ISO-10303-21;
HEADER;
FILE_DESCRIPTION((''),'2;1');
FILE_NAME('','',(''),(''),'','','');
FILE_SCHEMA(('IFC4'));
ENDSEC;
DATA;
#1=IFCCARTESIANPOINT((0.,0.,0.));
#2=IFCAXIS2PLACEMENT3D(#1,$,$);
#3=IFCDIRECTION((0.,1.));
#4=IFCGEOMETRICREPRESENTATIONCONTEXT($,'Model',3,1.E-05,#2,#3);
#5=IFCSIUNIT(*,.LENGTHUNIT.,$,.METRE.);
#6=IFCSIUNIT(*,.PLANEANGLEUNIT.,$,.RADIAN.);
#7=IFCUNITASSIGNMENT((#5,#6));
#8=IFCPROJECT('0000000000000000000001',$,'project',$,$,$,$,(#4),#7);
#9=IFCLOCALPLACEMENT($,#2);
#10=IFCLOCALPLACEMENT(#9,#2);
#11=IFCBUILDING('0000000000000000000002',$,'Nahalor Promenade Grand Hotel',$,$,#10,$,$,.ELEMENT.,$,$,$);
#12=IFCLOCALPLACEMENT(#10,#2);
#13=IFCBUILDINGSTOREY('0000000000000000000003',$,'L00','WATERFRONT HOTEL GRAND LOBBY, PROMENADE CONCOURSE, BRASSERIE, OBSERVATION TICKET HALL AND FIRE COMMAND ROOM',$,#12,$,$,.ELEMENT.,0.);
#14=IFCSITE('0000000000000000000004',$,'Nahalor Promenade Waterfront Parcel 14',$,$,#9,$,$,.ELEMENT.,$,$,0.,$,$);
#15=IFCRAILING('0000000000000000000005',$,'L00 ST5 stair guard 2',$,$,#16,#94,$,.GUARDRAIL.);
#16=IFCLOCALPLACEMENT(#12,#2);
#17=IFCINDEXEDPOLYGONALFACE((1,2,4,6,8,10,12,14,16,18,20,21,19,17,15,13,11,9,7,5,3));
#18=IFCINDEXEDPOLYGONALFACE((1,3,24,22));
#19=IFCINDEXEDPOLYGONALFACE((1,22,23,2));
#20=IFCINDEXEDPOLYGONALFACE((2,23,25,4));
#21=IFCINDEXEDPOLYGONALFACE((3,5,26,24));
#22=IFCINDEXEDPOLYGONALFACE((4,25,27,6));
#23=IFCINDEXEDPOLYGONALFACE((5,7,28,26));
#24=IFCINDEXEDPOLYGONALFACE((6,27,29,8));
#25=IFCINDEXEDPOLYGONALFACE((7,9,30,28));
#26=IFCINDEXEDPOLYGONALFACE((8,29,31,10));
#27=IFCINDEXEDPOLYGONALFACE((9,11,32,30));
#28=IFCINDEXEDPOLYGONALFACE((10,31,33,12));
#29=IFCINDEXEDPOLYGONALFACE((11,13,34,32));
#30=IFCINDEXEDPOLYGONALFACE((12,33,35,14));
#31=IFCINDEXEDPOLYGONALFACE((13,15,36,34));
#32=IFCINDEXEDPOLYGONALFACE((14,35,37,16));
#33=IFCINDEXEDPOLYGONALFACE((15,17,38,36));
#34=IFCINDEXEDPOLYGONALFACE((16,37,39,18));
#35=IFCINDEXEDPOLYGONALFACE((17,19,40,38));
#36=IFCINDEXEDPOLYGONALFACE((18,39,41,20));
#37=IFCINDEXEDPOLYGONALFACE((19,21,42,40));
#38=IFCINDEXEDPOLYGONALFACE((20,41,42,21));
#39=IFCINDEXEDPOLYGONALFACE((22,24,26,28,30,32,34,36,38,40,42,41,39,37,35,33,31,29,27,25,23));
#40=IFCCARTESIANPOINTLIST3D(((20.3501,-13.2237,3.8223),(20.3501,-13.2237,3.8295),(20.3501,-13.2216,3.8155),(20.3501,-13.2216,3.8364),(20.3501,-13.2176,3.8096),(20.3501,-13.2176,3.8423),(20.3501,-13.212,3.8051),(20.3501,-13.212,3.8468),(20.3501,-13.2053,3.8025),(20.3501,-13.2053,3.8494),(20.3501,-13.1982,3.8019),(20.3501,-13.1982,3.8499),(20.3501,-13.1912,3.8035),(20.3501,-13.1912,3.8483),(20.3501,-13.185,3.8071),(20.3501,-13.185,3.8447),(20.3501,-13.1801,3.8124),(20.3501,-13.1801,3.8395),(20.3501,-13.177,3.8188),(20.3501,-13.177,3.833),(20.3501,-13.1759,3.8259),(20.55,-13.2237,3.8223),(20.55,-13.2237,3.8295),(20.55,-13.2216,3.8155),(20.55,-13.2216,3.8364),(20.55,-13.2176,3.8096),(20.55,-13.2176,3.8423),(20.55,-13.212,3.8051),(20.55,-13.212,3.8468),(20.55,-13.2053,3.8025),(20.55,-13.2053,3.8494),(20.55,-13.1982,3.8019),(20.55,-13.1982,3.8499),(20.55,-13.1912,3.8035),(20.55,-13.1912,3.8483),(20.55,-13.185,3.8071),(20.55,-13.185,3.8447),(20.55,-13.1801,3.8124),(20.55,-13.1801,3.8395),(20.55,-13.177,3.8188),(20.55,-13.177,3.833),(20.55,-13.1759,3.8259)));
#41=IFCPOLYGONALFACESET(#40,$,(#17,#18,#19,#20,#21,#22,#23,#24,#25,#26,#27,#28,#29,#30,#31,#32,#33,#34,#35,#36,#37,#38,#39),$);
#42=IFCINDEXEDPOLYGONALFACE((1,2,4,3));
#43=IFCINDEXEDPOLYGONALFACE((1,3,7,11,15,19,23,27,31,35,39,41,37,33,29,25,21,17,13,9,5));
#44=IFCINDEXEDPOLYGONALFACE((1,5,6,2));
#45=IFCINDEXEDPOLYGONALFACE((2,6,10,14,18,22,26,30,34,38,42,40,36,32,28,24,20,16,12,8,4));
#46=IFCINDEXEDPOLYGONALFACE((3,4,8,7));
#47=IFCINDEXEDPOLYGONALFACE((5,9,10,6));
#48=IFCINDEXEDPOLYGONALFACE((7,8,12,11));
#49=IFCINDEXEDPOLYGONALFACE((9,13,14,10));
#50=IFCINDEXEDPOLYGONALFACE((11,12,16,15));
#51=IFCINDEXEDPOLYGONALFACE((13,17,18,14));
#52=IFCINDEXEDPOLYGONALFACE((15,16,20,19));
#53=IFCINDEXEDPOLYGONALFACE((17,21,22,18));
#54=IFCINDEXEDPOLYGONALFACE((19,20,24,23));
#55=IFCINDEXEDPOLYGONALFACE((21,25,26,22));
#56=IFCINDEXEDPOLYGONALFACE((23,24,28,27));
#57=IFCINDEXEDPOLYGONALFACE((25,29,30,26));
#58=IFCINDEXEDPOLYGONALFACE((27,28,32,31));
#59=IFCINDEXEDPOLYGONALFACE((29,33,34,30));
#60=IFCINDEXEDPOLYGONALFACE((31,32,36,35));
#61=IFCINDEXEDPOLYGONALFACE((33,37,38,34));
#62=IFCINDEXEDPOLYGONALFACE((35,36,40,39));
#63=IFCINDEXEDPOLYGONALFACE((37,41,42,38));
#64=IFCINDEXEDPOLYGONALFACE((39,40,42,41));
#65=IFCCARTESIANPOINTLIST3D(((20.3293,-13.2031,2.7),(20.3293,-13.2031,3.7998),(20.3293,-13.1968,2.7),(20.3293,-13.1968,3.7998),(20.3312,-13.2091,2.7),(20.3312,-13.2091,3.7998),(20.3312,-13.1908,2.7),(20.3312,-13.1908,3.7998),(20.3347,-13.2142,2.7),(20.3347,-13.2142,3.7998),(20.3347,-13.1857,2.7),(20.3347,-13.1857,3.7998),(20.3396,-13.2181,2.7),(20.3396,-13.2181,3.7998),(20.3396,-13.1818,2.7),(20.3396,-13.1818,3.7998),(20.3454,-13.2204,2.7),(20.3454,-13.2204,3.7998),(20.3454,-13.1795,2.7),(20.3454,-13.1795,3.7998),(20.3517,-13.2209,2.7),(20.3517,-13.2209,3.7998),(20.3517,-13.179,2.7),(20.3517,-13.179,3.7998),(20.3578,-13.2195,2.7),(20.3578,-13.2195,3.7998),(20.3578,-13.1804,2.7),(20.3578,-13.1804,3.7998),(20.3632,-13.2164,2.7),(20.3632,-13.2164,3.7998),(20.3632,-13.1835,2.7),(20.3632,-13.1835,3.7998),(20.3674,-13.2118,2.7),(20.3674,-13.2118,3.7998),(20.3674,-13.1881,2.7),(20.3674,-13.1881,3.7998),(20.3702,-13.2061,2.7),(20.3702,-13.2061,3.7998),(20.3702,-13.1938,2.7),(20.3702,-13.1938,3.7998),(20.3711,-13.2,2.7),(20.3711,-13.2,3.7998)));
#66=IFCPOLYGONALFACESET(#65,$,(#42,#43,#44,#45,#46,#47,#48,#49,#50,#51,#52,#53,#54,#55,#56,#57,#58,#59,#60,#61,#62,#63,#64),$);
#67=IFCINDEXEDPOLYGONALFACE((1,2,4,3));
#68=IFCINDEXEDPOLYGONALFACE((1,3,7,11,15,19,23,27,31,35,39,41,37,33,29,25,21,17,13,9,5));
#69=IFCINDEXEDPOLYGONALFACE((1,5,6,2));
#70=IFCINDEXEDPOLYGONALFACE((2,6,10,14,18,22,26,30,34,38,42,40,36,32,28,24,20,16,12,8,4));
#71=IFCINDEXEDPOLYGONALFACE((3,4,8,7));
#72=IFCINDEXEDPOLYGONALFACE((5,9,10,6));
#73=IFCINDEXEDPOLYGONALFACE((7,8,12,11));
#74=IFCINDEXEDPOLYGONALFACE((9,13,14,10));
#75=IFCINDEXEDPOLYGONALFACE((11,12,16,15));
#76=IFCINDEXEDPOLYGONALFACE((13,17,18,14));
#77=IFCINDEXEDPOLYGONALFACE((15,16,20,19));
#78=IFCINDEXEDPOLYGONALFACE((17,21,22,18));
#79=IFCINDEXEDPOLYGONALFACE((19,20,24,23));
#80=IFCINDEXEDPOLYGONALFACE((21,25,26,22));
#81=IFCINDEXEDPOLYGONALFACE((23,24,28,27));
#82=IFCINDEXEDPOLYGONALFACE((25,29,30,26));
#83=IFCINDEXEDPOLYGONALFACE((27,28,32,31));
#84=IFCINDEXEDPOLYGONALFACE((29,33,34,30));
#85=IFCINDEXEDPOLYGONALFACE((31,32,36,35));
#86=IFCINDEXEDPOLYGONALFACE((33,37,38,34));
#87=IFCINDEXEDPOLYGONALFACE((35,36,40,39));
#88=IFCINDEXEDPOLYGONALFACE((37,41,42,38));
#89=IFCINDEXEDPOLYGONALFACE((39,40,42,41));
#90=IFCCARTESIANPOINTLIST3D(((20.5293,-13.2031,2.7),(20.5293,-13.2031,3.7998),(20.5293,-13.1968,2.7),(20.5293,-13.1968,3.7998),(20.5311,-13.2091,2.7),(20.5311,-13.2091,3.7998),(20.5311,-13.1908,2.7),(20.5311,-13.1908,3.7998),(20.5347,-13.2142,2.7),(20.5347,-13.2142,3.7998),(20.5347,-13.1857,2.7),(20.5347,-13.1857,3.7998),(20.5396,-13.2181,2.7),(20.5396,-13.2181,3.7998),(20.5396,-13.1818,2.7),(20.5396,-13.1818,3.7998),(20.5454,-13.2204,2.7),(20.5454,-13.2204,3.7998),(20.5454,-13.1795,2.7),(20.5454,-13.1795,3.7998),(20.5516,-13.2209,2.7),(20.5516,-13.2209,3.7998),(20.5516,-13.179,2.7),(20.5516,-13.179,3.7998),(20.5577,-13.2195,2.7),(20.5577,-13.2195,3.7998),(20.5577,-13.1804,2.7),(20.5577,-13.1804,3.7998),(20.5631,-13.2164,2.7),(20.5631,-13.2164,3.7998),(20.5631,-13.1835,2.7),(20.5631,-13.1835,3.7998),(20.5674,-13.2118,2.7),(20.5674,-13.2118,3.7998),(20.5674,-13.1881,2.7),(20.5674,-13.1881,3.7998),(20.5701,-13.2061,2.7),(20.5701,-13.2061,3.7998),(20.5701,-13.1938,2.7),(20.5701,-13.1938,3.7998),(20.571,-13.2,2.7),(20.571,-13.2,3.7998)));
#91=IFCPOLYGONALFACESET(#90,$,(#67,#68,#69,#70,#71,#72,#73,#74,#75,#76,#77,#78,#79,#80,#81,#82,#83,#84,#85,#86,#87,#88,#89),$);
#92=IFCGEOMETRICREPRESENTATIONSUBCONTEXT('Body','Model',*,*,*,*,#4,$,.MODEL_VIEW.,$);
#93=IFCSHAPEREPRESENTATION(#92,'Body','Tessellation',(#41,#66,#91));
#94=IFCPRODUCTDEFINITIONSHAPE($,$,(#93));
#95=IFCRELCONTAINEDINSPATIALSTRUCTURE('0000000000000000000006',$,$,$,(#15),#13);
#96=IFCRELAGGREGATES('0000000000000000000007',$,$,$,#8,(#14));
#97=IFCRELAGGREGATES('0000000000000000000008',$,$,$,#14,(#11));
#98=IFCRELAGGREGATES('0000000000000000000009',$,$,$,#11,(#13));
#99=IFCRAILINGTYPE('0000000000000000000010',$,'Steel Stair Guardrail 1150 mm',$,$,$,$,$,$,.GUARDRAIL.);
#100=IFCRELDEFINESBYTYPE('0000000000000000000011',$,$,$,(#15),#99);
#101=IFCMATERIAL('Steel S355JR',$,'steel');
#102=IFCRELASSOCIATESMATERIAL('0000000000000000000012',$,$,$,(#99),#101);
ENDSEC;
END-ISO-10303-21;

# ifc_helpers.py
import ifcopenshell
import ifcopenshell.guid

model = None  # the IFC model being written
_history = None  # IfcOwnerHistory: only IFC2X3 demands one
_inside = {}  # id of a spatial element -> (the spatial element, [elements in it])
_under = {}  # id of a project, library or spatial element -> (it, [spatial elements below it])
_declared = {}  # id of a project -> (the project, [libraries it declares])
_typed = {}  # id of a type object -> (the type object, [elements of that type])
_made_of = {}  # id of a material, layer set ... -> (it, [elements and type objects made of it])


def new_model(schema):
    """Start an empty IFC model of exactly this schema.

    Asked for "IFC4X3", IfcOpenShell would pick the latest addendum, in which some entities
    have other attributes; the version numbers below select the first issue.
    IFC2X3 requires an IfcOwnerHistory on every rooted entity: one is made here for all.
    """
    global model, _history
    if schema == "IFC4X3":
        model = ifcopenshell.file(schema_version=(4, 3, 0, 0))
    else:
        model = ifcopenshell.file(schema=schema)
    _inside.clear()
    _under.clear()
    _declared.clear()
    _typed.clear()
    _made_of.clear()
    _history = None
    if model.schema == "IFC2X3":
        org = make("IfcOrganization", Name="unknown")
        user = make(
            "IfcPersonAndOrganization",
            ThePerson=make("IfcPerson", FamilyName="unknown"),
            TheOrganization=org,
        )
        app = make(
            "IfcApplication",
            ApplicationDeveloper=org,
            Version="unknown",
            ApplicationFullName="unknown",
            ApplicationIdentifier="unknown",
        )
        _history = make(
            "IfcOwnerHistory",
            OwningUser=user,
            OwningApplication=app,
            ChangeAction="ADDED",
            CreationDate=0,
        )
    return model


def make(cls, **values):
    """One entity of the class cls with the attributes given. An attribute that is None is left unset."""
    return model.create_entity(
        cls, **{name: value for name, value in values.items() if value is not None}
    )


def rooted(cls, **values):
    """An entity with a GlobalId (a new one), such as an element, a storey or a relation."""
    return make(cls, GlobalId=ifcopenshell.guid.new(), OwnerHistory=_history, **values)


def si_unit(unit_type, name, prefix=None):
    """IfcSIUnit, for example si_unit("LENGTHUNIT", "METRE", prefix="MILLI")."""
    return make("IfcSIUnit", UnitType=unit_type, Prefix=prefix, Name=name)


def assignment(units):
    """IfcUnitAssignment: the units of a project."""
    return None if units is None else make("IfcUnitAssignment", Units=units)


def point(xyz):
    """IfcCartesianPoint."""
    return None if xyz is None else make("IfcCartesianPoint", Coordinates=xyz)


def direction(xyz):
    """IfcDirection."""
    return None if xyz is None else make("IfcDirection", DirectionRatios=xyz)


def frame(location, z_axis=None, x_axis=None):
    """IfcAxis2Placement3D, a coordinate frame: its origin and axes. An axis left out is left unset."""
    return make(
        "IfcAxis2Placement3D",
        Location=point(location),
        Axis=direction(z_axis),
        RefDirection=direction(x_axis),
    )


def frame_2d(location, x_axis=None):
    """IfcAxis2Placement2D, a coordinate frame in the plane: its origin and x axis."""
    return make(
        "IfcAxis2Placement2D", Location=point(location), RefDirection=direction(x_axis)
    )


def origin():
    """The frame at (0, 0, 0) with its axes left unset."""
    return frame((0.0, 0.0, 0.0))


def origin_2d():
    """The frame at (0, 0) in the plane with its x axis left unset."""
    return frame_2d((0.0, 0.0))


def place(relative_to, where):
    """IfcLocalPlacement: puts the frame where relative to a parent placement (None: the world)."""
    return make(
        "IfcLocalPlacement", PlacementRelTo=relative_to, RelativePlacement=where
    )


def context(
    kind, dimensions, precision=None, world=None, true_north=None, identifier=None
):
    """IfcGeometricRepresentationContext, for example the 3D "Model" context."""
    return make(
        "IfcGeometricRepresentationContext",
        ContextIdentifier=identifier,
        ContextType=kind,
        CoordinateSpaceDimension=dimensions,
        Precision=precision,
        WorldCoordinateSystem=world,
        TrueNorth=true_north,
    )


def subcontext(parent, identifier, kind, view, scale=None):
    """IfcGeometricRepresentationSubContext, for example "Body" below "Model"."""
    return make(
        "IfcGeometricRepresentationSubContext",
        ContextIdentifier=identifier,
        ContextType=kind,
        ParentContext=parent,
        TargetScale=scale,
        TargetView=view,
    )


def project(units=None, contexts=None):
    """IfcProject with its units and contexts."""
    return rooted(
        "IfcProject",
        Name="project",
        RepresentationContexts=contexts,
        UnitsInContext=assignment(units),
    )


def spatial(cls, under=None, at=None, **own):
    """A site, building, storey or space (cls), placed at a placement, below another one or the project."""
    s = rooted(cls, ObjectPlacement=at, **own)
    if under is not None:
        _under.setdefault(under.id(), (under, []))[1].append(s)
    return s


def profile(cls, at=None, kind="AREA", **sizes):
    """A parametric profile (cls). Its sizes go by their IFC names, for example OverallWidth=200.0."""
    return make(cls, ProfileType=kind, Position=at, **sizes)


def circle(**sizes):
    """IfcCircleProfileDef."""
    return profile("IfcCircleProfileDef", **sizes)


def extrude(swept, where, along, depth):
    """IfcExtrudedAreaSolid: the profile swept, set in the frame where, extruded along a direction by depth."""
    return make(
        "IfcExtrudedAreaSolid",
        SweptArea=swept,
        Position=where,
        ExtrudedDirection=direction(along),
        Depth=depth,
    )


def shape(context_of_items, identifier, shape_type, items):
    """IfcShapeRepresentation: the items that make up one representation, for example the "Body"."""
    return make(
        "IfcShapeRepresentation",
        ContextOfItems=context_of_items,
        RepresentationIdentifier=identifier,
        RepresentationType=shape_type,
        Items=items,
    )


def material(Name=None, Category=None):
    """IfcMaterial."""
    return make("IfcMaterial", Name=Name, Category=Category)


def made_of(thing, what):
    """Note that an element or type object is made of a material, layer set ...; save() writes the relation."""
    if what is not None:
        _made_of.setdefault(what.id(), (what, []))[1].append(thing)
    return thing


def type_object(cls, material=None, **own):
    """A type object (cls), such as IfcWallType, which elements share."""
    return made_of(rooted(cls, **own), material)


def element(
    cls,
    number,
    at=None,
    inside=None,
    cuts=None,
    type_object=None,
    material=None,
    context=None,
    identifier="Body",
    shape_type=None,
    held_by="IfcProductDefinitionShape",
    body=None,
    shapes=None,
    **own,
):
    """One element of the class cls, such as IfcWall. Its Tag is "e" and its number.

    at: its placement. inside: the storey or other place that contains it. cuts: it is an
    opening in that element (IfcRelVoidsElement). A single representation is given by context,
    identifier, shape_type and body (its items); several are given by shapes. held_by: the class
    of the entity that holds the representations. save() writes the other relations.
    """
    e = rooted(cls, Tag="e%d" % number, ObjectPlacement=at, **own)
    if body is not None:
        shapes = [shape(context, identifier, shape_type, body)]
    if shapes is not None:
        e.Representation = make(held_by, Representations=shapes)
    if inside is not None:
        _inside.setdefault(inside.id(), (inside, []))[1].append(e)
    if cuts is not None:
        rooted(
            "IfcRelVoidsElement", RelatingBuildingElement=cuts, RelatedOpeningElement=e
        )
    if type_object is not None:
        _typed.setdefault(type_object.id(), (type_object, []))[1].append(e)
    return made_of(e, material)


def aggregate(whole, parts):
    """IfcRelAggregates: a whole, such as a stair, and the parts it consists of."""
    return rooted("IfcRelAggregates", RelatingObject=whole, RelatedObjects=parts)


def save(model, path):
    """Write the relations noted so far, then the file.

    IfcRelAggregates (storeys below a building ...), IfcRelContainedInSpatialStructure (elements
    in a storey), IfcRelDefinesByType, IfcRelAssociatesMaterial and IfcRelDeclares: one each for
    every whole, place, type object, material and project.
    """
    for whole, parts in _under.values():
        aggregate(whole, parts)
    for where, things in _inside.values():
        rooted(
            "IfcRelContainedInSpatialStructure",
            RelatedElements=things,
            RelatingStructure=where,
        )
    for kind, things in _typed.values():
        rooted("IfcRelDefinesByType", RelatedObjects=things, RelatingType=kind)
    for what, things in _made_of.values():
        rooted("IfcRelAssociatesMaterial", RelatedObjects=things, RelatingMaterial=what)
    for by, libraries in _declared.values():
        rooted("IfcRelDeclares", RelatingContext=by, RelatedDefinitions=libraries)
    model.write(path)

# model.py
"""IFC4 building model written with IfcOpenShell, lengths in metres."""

from ifc_helpers import new_model, si_unit, direction, frame, origin, origin_2d, place, context, subcontext, project, spatial, circle, extrude, material, type_object, element, save


model = new_model("IFC4")

# Units and contexts
model_context = context("Model", 3, precision=1e-05, world=origin(), true_north=direction((0.0, 1.0)))
body_context = subcontext(model_context, "Body", "Model", "MODEL_VIEW")
ifc_project = project(units=[si_unit("LENGTHUNIT", "METRE"), si_unit("PLANEANGLEUNIT", "RADIAN")], contexts=[model_context])

# Site, building, storey
site_placement = place(None, origin())
site = spatial("IfcSite", under=ifc_project, at=site_placement, Name="Nahalor Promenade Waterfront Parcel 14", CompositionType="ELEMENT", RefElevation=0.0)
building_placement = place(site_placement, origin())
building = spatial("IfcBuilding", under=site, at=building_placement, Name="Nahalor Promenade Grand Hotel", CompositionType="ELEMENT")
storey_placement = place(building_placement, origin())
storey = spatial("IfcBuildingStorey", under=building, at=storey_placement, Name="L00", Description="WATERFRONT HOTEL GRAND LOBBY, PROMENADE CONCOURSE, BRASSERIE, OBSERVATION TICKET HALL AND FIRE COMMAND ROOM", CompositionType="ELEMENT", Elevation=0.0)

# Shared definitions
ifc_material_1 = material(Name="Steel S355JR", Category="steel")

# Railing
railing_type_1 = type_object("IfcRailingType", Name="Steel Stair Guardrail 1150 mm", PredefinedType="GUARDRAIL", material=ifc_material_1)
railing_1_placement = place(storey_placement, frame((20.3501, -13.2, 2.7)))
element("IfcRailing", 1, at=railing_1_placement, inside=storey, type_object=railing_type_1, Name="L00 ST5 stair guard 2", PredefinedType="GUARDRAIL", context=body_context, shape_type="SweptSolid", body=[
    extrude(circle(Radius=0.024, at=origin_2d()), frame((0.0, 0.0, 1.126), z_axis=(1.0, 0.0, 0.0), x_axis=(0.0, 1.0, 0.0)), (0.0, 0.0, 1.0), 0.2),
    extrude(circle(Radius=0.021, at=origin_2d()), origin(), (0.0, 0.0, 1.0), 1.0999),
    extrude(circle(Radius=0.021, at=origin_2d()), frame((0.2, 0.0, 0.0)), (0.0, 0.0, 1.0), 1.0999),
])

save(model, "model.ifc")
